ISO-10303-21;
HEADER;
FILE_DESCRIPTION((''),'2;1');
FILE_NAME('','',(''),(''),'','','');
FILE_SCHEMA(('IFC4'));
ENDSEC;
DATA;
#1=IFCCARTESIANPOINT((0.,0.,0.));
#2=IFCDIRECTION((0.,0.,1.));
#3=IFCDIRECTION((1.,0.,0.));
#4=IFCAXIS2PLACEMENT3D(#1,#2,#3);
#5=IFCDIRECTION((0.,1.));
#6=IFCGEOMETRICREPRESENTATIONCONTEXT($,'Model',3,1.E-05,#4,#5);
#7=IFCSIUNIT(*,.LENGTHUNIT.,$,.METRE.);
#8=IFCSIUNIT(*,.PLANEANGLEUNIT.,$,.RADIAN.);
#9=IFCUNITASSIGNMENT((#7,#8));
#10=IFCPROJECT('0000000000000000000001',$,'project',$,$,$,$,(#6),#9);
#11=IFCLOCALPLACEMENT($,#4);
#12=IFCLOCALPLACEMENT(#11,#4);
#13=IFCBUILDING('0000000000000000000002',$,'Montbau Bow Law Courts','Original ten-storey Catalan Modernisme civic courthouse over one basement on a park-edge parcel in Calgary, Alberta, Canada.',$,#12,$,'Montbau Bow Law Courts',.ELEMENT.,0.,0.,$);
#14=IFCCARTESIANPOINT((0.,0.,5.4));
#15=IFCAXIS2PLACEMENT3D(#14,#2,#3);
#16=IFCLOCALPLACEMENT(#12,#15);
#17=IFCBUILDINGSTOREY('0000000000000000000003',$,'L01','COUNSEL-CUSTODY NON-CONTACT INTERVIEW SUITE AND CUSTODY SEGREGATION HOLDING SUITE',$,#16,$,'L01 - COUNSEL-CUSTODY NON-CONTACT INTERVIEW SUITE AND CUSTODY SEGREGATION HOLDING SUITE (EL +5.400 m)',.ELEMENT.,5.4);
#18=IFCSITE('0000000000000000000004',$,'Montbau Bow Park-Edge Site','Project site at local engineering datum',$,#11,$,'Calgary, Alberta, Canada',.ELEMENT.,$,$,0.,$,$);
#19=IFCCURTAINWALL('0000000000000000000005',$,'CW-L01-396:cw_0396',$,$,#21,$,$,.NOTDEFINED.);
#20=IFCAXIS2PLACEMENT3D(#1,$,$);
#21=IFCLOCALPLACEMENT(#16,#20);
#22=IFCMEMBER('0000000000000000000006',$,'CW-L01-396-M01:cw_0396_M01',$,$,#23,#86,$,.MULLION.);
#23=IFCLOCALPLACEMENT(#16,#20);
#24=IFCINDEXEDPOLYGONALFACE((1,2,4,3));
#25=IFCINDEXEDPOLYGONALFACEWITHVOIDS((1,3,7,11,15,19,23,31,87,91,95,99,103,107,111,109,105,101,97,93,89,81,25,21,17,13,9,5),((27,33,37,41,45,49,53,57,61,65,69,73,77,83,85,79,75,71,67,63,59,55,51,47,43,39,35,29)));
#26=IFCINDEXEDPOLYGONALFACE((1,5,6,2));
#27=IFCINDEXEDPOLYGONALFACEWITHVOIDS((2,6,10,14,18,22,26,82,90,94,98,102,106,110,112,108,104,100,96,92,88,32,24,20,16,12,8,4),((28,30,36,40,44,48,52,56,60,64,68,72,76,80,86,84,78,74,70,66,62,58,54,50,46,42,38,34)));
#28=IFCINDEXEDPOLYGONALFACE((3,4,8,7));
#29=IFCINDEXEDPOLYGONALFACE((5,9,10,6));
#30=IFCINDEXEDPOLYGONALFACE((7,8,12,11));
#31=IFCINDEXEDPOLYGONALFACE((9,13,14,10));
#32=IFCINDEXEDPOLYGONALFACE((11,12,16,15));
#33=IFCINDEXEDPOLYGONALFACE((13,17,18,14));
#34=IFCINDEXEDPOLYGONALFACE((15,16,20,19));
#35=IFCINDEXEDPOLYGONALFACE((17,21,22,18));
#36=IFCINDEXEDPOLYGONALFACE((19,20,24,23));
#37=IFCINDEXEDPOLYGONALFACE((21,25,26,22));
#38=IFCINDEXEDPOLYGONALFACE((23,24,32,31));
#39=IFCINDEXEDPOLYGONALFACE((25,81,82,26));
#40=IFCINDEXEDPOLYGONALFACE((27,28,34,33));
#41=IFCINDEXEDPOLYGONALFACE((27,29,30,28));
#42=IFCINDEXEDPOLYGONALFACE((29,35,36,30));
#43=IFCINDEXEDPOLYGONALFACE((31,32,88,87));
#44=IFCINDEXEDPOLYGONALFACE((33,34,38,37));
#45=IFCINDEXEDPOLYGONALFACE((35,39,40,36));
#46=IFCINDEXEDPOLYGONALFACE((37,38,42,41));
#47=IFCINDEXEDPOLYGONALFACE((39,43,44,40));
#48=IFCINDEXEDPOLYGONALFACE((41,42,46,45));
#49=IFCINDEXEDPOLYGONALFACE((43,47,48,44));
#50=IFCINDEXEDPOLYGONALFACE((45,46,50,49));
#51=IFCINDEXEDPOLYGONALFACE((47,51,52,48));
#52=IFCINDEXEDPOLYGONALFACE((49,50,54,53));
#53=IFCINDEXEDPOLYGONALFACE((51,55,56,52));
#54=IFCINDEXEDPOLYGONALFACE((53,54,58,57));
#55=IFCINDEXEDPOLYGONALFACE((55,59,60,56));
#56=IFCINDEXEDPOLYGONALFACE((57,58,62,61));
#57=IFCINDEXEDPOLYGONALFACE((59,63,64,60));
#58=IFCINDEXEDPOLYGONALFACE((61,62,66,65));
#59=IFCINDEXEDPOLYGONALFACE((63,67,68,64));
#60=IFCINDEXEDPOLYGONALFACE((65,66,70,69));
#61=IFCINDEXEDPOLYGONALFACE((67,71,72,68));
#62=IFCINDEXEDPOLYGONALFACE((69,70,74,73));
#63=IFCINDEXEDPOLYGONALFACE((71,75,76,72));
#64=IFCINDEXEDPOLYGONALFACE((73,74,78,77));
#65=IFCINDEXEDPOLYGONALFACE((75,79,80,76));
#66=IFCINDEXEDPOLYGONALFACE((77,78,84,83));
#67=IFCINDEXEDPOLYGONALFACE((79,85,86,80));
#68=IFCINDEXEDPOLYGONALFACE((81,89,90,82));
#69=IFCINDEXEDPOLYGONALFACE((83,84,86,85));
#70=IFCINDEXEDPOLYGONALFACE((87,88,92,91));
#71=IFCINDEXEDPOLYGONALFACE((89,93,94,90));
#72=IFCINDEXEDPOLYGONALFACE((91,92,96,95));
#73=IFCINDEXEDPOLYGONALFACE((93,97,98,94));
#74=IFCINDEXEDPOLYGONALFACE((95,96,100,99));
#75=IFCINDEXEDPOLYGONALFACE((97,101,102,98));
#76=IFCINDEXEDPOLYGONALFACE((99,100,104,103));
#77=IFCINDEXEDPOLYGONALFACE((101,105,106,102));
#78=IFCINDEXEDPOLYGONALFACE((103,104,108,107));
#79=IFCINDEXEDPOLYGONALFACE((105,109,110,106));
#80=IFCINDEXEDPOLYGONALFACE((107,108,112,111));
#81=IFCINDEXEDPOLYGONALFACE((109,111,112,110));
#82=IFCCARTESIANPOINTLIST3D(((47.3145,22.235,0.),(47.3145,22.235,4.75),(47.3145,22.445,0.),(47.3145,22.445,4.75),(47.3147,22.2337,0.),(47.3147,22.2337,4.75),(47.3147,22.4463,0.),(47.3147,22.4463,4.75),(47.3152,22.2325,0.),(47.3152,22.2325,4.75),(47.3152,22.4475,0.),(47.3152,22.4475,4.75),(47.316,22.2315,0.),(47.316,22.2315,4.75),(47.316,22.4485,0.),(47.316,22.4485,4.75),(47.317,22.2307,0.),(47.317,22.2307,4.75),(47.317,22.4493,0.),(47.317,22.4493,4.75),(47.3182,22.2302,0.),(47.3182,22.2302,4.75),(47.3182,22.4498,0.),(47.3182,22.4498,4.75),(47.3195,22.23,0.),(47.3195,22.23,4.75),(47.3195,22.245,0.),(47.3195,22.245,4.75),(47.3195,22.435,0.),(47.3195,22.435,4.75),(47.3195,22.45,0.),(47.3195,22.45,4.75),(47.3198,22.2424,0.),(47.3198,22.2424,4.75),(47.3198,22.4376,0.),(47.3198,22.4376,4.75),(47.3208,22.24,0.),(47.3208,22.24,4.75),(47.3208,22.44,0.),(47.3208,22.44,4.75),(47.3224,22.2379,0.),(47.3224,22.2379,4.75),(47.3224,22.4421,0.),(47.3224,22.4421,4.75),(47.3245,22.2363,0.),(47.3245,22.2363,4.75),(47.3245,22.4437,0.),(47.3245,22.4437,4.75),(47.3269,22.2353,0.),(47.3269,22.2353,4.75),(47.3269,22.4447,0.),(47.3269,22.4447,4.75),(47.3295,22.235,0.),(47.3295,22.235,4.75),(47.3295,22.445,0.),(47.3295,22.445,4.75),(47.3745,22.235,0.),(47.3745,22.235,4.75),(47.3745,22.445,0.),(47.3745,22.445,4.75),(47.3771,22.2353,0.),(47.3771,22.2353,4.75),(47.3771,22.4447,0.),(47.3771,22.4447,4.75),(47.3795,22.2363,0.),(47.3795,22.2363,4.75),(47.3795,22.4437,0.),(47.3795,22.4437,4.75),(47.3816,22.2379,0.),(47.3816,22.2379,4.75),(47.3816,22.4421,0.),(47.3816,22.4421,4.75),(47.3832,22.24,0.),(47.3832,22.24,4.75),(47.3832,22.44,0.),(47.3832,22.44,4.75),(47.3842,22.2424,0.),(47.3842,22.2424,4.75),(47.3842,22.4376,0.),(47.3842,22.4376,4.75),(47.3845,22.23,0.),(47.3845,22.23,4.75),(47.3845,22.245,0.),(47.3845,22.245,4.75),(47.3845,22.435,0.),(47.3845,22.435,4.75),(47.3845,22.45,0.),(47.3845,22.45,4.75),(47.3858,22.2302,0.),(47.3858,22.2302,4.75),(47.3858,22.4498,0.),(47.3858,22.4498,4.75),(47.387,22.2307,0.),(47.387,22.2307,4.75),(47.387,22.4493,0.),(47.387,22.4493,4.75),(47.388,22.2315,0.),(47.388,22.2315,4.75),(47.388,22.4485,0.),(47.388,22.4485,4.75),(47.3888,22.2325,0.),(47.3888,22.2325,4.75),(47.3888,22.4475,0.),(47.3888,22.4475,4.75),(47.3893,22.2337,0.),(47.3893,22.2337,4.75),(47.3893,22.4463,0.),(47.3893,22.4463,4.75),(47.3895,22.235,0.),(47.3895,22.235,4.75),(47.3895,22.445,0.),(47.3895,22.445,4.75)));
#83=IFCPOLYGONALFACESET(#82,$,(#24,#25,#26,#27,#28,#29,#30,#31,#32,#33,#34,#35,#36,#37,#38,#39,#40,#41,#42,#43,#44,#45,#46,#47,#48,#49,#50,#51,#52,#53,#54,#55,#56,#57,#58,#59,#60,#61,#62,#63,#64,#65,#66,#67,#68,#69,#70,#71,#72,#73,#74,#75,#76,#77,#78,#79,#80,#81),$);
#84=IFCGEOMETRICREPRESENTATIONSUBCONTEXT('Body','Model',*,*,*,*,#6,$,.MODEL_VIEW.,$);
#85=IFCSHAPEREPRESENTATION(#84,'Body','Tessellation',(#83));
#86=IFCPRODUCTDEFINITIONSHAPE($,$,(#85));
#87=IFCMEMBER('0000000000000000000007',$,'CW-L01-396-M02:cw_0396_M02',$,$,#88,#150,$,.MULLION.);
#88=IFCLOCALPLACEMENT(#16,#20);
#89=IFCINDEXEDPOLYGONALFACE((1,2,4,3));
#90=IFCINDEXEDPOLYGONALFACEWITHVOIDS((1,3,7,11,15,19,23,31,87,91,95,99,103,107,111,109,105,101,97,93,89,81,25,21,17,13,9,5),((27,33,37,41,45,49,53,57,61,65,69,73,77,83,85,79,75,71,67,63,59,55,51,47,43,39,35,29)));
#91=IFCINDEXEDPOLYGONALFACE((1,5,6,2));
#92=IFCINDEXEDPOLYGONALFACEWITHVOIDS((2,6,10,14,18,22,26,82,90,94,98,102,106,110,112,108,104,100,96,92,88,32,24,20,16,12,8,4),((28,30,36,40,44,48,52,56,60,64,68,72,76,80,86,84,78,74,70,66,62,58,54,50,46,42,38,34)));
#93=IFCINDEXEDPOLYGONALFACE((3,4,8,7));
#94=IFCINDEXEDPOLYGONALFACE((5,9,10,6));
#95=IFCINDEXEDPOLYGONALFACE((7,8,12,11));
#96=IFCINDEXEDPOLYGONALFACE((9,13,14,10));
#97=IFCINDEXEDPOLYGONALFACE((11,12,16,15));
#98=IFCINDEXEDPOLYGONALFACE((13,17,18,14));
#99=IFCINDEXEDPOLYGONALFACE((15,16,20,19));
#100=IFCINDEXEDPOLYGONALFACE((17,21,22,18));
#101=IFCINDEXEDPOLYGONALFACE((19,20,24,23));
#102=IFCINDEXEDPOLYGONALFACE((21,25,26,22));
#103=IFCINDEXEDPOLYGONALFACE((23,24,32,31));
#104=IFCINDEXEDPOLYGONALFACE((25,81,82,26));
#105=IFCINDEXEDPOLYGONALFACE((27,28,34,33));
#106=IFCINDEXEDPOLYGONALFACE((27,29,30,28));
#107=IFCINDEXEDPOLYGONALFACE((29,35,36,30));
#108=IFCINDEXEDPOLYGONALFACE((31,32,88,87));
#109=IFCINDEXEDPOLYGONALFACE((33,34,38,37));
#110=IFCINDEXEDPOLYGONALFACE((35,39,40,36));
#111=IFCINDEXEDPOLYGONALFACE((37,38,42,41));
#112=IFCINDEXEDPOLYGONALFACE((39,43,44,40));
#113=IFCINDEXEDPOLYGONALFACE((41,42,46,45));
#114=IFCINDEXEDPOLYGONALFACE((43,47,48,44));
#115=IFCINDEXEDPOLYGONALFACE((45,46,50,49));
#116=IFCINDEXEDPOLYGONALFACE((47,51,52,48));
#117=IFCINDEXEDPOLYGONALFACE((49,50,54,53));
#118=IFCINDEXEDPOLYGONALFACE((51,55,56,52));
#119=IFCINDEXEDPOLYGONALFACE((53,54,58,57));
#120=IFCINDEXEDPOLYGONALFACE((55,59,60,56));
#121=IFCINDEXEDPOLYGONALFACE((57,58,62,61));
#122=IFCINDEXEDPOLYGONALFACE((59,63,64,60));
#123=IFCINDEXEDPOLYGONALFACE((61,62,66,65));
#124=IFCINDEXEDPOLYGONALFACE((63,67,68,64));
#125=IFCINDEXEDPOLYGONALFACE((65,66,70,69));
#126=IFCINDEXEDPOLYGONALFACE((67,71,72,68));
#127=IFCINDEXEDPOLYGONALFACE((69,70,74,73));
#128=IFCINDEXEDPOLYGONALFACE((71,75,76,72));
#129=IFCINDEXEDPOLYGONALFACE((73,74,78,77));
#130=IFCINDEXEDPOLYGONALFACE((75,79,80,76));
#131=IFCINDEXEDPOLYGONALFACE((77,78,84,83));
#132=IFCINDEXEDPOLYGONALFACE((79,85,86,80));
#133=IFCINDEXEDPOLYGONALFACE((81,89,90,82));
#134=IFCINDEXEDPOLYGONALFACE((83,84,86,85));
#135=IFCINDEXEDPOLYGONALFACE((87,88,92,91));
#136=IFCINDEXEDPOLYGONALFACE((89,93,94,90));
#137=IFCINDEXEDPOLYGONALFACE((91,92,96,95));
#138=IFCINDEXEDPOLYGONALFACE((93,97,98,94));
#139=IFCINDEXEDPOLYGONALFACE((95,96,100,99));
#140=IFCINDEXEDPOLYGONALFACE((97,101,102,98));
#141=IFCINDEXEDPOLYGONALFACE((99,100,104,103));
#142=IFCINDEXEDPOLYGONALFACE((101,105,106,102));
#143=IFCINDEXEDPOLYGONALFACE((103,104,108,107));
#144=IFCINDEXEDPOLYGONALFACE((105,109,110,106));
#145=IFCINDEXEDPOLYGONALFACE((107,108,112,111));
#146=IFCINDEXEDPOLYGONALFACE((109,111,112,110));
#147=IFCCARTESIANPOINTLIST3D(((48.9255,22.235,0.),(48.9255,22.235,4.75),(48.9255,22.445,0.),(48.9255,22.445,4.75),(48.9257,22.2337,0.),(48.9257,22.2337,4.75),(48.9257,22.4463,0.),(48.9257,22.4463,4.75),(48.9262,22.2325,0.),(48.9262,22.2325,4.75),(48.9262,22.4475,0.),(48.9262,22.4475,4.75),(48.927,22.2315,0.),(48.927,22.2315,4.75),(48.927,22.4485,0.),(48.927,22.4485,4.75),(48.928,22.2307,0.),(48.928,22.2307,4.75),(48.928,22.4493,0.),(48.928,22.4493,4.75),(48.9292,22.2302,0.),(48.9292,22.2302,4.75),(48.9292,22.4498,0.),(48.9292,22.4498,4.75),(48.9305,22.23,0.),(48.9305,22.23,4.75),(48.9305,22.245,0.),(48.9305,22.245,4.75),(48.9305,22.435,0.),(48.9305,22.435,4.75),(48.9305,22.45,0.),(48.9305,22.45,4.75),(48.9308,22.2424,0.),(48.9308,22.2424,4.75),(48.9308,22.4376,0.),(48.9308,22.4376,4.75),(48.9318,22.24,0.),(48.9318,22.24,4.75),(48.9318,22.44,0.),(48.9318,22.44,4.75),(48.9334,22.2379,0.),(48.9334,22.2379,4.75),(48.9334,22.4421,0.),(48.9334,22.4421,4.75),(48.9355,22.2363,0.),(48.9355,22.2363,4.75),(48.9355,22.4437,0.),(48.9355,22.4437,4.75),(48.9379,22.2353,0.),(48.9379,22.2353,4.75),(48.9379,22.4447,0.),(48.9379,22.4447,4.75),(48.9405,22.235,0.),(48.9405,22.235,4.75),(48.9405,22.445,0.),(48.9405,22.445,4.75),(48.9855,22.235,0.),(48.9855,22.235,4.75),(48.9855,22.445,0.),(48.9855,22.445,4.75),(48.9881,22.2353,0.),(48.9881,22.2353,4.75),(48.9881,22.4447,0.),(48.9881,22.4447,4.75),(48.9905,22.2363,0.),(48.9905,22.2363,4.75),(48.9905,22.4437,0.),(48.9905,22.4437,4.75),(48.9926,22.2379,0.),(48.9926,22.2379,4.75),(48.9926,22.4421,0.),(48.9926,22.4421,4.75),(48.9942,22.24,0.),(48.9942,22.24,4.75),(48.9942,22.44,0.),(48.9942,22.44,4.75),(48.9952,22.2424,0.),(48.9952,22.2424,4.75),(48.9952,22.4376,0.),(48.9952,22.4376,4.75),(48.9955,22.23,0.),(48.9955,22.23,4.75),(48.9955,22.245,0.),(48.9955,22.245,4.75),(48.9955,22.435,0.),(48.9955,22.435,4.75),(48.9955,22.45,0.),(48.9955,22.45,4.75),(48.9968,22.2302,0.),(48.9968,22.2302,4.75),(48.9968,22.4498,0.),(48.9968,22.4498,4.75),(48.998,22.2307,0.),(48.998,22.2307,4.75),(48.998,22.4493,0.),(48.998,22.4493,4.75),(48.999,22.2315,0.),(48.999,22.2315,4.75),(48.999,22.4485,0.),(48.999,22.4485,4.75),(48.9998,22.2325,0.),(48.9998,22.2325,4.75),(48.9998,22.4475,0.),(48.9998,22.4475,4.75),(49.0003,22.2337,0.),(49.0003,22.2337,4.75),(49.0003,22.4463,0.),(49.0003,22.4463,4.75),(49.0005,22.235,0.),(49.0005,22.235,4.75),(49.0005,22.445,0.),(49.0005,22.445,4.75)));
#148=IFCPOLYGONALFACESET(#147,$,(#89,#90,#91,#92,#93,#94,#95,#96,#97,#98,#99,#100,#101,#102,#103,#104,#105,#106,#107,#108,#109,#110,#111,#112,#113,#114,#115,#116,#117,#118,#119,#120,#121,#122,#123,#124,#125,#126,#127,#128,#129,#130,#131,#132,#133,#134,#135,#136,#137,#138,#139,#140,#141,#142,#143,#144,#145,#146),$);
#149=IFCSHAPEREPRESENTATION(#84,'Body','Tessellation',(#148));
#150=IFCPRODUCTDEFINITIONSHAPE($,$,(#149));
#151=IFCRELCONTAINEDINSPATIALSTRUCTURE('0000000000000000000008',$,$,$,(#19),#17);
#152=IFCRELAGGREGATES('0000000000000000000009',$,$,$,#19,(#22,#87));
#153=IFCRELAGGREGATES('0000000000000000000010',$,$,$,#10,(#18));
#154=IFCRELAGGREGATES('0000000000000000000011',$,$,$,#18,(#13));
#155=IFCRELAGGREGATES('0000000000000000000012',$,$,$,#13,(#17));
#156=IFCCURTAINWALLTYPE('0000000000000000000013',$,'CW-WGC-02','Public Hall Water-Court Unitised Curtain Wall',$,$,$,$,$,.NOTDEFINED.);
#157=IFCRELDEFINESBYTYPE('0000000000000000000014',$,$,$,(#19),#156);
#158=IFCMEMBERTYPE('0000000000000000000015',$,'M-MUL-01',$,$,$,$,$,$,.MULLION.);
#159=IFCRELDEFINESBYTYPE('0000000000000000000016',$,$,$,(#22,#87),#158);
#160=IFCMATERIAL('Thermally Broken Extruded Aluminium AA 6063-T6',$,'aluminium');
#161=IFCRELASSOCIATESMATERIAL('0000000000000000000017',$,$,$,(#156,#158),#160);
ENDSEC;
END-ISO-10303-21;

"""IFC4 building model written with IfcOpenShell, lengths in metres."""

from ifc_helpers import new_model, si_unit, direction, frame, origin_with_axes, origin_2d_with_axis, place, context, subcontext, project, spatial, hollow_rectangle, extrude, material, material_profile, profile_set, type_object, element, aggregate, save


model = new_model("IFC4")

# Units and contexts
model_context = context("Model", 3, precision=1e-05, world=origin_with_axes(), true_north=direction((0.0, 1.0)))
body_context = subcontext(model_context, "Body", "Model", "MODEL_VIEW")
ifc_project = project(units=[si_unit("LENGTHUNIT", "METRE"), si_unit("PLANEANGLEUNIT", "RADIAN")], contexts=[model_context])

# Site, building, storey
site_placement = place(None, origin_with_axes())
site = spatial("IfcSite", under=ifc_project, at=site_placement, Name="Montbau Bow Park-Edge Site", Description="Project site at local engineering datum", LongName="Calgary, Alberta, Canada", CompositionType="ELEMENT", RefElevation=0.0)
building_placement = place(site_placement, origin_with_axes())
building = spatial("IfcBuilding", under=site, at=building_placement, Name="Montbau Bow Law Courts", Description="Original ten-storey Catalan Modernisme civic courthouse over one basement on a park-edge parcel in Calgary, Alberta, Canada.", LongName="Montbau Bow Law Courts", CompositionType="ELEMENT", ElevationOfRefHeight=0.0, ElevationOfTerrain=0.0)
storey_placement = place(building_placement, frame((0.0, 0.0, 5.4), z_axis=(0.0, 0.0, 1.0), x_axis=(1.0, 0.0, 0.0)))
storey = spatial("IfcBuildingStorey", under=building, at=storey_placement, Name="L01", Description="COUNSEL-CUSTODY NON-CONTACT INTERVIEW SUITE AND CUSTODY SEGREGATION HOLDING SUITE", LongName="L01 - COUNSEL-CUSTODY NON-CONTACT INTERVIEW SUITE AND CUSTODY SEGREGATION HOLDING SUITE (EL +5.400 m)", CompositionType="ELEMENT", Elevation=5.4)

# Curtain wall, members
ifc_material_1 = material(Name="Thermally Broken Extruded Aluminium AA 6063-T6", Category="aluminium")
curtain_wall_type_1 = type_object("IfcCurtainWallType", Name="CW-WGC-02", Description="Public Hall Water-Court Unitised Curtain Wall", PredefinedType="NOTDEFINED", material=ifc_material_1)
curtain_wall_1_placement = place(None, frame((47.315, 22.34, 5.4), z_axis=(0.0, 0.0, 1.0), x_axis=(1.0, 0.0, 0.0)))
curtain_wall_1 = element("IfcCurtainWall", 1, at=curtain_wall_1_placement, inside=storey, type_object=curtain_wall_type_1, Name="CW-L01-396:cw_0396", PredefinedType="NOTDEFINED")
ifc_material_profile_1 = material_profile(ifc_material_1, hollow_rectangle(XDim=0.075, YDim=0.22, WallThickness=0.005, InnerFilletRadius=0.01, OuterFilletRadius=0.005, at=origin_2d_with_axis()), Name="CWM-220X75", Category="Main", Priority=0)
ifc_profile_set_1 = profile_set([ifc_material_profile_1], Name="Thermally Broken Extruded Aluminium AA 6063-T6")
member_type_1 = type_object("IfcMemberType", Name="M-MUL-01", PredefinedType="MULLION", material=ifc_profile_set_1)
member_1_placement = place(None, frame((47.352, 22.34, 5.4), z_axis=(0.0, 0.0, 1.0), x_axis=(1.0, 0.0, 0.0)))
member_1 = element("IfcMember", 2, at=member_1_placement, type_object=member_type_1, Name="CW-L01-396-M01:cw_0396_M01", PredefinedType="MULLION", context=body_context, shape_type="SweptSolid", body=[
    extrude(hollow_rectangle(XDim=0.075, YDim=0.22, WallThickness=0.005, InnerFilletRadius=0.01, OuterFilletRadius=0.005, at=origin_2d_with_axis()), origin_with_axes(), (0.0, 0.0, 1.0), 4.75),
])
member_2_placement = place(None, frame((48.963, 22.34, 5.4), z_axis=(0.0, 0.0, 1.0), x_axis=(1.0, 0.0, 0.0)))
member_2 = element("IfcMember", 3, at=member_2_placement, type_object=member_type_1, Name="CW-L01-396-M02:cw_0396_M02", PredefinedType="MULLION", context=body_context, shape_type="SweptSolid", body=[
    extrude(hollow_rectangle(XDim=0.075, YDim=0.22, WallThickness=0.005, InnerFilletRadius=0.01, OuterFilletRadius=0.005, at=origin_2d_with_axis()), origin_with_axes(), (0.0, 0.0, 1.0), 4.75),
])

aggregate(curtain_wall_1, [member_1, member_2])

save(model, "model.ifc")
